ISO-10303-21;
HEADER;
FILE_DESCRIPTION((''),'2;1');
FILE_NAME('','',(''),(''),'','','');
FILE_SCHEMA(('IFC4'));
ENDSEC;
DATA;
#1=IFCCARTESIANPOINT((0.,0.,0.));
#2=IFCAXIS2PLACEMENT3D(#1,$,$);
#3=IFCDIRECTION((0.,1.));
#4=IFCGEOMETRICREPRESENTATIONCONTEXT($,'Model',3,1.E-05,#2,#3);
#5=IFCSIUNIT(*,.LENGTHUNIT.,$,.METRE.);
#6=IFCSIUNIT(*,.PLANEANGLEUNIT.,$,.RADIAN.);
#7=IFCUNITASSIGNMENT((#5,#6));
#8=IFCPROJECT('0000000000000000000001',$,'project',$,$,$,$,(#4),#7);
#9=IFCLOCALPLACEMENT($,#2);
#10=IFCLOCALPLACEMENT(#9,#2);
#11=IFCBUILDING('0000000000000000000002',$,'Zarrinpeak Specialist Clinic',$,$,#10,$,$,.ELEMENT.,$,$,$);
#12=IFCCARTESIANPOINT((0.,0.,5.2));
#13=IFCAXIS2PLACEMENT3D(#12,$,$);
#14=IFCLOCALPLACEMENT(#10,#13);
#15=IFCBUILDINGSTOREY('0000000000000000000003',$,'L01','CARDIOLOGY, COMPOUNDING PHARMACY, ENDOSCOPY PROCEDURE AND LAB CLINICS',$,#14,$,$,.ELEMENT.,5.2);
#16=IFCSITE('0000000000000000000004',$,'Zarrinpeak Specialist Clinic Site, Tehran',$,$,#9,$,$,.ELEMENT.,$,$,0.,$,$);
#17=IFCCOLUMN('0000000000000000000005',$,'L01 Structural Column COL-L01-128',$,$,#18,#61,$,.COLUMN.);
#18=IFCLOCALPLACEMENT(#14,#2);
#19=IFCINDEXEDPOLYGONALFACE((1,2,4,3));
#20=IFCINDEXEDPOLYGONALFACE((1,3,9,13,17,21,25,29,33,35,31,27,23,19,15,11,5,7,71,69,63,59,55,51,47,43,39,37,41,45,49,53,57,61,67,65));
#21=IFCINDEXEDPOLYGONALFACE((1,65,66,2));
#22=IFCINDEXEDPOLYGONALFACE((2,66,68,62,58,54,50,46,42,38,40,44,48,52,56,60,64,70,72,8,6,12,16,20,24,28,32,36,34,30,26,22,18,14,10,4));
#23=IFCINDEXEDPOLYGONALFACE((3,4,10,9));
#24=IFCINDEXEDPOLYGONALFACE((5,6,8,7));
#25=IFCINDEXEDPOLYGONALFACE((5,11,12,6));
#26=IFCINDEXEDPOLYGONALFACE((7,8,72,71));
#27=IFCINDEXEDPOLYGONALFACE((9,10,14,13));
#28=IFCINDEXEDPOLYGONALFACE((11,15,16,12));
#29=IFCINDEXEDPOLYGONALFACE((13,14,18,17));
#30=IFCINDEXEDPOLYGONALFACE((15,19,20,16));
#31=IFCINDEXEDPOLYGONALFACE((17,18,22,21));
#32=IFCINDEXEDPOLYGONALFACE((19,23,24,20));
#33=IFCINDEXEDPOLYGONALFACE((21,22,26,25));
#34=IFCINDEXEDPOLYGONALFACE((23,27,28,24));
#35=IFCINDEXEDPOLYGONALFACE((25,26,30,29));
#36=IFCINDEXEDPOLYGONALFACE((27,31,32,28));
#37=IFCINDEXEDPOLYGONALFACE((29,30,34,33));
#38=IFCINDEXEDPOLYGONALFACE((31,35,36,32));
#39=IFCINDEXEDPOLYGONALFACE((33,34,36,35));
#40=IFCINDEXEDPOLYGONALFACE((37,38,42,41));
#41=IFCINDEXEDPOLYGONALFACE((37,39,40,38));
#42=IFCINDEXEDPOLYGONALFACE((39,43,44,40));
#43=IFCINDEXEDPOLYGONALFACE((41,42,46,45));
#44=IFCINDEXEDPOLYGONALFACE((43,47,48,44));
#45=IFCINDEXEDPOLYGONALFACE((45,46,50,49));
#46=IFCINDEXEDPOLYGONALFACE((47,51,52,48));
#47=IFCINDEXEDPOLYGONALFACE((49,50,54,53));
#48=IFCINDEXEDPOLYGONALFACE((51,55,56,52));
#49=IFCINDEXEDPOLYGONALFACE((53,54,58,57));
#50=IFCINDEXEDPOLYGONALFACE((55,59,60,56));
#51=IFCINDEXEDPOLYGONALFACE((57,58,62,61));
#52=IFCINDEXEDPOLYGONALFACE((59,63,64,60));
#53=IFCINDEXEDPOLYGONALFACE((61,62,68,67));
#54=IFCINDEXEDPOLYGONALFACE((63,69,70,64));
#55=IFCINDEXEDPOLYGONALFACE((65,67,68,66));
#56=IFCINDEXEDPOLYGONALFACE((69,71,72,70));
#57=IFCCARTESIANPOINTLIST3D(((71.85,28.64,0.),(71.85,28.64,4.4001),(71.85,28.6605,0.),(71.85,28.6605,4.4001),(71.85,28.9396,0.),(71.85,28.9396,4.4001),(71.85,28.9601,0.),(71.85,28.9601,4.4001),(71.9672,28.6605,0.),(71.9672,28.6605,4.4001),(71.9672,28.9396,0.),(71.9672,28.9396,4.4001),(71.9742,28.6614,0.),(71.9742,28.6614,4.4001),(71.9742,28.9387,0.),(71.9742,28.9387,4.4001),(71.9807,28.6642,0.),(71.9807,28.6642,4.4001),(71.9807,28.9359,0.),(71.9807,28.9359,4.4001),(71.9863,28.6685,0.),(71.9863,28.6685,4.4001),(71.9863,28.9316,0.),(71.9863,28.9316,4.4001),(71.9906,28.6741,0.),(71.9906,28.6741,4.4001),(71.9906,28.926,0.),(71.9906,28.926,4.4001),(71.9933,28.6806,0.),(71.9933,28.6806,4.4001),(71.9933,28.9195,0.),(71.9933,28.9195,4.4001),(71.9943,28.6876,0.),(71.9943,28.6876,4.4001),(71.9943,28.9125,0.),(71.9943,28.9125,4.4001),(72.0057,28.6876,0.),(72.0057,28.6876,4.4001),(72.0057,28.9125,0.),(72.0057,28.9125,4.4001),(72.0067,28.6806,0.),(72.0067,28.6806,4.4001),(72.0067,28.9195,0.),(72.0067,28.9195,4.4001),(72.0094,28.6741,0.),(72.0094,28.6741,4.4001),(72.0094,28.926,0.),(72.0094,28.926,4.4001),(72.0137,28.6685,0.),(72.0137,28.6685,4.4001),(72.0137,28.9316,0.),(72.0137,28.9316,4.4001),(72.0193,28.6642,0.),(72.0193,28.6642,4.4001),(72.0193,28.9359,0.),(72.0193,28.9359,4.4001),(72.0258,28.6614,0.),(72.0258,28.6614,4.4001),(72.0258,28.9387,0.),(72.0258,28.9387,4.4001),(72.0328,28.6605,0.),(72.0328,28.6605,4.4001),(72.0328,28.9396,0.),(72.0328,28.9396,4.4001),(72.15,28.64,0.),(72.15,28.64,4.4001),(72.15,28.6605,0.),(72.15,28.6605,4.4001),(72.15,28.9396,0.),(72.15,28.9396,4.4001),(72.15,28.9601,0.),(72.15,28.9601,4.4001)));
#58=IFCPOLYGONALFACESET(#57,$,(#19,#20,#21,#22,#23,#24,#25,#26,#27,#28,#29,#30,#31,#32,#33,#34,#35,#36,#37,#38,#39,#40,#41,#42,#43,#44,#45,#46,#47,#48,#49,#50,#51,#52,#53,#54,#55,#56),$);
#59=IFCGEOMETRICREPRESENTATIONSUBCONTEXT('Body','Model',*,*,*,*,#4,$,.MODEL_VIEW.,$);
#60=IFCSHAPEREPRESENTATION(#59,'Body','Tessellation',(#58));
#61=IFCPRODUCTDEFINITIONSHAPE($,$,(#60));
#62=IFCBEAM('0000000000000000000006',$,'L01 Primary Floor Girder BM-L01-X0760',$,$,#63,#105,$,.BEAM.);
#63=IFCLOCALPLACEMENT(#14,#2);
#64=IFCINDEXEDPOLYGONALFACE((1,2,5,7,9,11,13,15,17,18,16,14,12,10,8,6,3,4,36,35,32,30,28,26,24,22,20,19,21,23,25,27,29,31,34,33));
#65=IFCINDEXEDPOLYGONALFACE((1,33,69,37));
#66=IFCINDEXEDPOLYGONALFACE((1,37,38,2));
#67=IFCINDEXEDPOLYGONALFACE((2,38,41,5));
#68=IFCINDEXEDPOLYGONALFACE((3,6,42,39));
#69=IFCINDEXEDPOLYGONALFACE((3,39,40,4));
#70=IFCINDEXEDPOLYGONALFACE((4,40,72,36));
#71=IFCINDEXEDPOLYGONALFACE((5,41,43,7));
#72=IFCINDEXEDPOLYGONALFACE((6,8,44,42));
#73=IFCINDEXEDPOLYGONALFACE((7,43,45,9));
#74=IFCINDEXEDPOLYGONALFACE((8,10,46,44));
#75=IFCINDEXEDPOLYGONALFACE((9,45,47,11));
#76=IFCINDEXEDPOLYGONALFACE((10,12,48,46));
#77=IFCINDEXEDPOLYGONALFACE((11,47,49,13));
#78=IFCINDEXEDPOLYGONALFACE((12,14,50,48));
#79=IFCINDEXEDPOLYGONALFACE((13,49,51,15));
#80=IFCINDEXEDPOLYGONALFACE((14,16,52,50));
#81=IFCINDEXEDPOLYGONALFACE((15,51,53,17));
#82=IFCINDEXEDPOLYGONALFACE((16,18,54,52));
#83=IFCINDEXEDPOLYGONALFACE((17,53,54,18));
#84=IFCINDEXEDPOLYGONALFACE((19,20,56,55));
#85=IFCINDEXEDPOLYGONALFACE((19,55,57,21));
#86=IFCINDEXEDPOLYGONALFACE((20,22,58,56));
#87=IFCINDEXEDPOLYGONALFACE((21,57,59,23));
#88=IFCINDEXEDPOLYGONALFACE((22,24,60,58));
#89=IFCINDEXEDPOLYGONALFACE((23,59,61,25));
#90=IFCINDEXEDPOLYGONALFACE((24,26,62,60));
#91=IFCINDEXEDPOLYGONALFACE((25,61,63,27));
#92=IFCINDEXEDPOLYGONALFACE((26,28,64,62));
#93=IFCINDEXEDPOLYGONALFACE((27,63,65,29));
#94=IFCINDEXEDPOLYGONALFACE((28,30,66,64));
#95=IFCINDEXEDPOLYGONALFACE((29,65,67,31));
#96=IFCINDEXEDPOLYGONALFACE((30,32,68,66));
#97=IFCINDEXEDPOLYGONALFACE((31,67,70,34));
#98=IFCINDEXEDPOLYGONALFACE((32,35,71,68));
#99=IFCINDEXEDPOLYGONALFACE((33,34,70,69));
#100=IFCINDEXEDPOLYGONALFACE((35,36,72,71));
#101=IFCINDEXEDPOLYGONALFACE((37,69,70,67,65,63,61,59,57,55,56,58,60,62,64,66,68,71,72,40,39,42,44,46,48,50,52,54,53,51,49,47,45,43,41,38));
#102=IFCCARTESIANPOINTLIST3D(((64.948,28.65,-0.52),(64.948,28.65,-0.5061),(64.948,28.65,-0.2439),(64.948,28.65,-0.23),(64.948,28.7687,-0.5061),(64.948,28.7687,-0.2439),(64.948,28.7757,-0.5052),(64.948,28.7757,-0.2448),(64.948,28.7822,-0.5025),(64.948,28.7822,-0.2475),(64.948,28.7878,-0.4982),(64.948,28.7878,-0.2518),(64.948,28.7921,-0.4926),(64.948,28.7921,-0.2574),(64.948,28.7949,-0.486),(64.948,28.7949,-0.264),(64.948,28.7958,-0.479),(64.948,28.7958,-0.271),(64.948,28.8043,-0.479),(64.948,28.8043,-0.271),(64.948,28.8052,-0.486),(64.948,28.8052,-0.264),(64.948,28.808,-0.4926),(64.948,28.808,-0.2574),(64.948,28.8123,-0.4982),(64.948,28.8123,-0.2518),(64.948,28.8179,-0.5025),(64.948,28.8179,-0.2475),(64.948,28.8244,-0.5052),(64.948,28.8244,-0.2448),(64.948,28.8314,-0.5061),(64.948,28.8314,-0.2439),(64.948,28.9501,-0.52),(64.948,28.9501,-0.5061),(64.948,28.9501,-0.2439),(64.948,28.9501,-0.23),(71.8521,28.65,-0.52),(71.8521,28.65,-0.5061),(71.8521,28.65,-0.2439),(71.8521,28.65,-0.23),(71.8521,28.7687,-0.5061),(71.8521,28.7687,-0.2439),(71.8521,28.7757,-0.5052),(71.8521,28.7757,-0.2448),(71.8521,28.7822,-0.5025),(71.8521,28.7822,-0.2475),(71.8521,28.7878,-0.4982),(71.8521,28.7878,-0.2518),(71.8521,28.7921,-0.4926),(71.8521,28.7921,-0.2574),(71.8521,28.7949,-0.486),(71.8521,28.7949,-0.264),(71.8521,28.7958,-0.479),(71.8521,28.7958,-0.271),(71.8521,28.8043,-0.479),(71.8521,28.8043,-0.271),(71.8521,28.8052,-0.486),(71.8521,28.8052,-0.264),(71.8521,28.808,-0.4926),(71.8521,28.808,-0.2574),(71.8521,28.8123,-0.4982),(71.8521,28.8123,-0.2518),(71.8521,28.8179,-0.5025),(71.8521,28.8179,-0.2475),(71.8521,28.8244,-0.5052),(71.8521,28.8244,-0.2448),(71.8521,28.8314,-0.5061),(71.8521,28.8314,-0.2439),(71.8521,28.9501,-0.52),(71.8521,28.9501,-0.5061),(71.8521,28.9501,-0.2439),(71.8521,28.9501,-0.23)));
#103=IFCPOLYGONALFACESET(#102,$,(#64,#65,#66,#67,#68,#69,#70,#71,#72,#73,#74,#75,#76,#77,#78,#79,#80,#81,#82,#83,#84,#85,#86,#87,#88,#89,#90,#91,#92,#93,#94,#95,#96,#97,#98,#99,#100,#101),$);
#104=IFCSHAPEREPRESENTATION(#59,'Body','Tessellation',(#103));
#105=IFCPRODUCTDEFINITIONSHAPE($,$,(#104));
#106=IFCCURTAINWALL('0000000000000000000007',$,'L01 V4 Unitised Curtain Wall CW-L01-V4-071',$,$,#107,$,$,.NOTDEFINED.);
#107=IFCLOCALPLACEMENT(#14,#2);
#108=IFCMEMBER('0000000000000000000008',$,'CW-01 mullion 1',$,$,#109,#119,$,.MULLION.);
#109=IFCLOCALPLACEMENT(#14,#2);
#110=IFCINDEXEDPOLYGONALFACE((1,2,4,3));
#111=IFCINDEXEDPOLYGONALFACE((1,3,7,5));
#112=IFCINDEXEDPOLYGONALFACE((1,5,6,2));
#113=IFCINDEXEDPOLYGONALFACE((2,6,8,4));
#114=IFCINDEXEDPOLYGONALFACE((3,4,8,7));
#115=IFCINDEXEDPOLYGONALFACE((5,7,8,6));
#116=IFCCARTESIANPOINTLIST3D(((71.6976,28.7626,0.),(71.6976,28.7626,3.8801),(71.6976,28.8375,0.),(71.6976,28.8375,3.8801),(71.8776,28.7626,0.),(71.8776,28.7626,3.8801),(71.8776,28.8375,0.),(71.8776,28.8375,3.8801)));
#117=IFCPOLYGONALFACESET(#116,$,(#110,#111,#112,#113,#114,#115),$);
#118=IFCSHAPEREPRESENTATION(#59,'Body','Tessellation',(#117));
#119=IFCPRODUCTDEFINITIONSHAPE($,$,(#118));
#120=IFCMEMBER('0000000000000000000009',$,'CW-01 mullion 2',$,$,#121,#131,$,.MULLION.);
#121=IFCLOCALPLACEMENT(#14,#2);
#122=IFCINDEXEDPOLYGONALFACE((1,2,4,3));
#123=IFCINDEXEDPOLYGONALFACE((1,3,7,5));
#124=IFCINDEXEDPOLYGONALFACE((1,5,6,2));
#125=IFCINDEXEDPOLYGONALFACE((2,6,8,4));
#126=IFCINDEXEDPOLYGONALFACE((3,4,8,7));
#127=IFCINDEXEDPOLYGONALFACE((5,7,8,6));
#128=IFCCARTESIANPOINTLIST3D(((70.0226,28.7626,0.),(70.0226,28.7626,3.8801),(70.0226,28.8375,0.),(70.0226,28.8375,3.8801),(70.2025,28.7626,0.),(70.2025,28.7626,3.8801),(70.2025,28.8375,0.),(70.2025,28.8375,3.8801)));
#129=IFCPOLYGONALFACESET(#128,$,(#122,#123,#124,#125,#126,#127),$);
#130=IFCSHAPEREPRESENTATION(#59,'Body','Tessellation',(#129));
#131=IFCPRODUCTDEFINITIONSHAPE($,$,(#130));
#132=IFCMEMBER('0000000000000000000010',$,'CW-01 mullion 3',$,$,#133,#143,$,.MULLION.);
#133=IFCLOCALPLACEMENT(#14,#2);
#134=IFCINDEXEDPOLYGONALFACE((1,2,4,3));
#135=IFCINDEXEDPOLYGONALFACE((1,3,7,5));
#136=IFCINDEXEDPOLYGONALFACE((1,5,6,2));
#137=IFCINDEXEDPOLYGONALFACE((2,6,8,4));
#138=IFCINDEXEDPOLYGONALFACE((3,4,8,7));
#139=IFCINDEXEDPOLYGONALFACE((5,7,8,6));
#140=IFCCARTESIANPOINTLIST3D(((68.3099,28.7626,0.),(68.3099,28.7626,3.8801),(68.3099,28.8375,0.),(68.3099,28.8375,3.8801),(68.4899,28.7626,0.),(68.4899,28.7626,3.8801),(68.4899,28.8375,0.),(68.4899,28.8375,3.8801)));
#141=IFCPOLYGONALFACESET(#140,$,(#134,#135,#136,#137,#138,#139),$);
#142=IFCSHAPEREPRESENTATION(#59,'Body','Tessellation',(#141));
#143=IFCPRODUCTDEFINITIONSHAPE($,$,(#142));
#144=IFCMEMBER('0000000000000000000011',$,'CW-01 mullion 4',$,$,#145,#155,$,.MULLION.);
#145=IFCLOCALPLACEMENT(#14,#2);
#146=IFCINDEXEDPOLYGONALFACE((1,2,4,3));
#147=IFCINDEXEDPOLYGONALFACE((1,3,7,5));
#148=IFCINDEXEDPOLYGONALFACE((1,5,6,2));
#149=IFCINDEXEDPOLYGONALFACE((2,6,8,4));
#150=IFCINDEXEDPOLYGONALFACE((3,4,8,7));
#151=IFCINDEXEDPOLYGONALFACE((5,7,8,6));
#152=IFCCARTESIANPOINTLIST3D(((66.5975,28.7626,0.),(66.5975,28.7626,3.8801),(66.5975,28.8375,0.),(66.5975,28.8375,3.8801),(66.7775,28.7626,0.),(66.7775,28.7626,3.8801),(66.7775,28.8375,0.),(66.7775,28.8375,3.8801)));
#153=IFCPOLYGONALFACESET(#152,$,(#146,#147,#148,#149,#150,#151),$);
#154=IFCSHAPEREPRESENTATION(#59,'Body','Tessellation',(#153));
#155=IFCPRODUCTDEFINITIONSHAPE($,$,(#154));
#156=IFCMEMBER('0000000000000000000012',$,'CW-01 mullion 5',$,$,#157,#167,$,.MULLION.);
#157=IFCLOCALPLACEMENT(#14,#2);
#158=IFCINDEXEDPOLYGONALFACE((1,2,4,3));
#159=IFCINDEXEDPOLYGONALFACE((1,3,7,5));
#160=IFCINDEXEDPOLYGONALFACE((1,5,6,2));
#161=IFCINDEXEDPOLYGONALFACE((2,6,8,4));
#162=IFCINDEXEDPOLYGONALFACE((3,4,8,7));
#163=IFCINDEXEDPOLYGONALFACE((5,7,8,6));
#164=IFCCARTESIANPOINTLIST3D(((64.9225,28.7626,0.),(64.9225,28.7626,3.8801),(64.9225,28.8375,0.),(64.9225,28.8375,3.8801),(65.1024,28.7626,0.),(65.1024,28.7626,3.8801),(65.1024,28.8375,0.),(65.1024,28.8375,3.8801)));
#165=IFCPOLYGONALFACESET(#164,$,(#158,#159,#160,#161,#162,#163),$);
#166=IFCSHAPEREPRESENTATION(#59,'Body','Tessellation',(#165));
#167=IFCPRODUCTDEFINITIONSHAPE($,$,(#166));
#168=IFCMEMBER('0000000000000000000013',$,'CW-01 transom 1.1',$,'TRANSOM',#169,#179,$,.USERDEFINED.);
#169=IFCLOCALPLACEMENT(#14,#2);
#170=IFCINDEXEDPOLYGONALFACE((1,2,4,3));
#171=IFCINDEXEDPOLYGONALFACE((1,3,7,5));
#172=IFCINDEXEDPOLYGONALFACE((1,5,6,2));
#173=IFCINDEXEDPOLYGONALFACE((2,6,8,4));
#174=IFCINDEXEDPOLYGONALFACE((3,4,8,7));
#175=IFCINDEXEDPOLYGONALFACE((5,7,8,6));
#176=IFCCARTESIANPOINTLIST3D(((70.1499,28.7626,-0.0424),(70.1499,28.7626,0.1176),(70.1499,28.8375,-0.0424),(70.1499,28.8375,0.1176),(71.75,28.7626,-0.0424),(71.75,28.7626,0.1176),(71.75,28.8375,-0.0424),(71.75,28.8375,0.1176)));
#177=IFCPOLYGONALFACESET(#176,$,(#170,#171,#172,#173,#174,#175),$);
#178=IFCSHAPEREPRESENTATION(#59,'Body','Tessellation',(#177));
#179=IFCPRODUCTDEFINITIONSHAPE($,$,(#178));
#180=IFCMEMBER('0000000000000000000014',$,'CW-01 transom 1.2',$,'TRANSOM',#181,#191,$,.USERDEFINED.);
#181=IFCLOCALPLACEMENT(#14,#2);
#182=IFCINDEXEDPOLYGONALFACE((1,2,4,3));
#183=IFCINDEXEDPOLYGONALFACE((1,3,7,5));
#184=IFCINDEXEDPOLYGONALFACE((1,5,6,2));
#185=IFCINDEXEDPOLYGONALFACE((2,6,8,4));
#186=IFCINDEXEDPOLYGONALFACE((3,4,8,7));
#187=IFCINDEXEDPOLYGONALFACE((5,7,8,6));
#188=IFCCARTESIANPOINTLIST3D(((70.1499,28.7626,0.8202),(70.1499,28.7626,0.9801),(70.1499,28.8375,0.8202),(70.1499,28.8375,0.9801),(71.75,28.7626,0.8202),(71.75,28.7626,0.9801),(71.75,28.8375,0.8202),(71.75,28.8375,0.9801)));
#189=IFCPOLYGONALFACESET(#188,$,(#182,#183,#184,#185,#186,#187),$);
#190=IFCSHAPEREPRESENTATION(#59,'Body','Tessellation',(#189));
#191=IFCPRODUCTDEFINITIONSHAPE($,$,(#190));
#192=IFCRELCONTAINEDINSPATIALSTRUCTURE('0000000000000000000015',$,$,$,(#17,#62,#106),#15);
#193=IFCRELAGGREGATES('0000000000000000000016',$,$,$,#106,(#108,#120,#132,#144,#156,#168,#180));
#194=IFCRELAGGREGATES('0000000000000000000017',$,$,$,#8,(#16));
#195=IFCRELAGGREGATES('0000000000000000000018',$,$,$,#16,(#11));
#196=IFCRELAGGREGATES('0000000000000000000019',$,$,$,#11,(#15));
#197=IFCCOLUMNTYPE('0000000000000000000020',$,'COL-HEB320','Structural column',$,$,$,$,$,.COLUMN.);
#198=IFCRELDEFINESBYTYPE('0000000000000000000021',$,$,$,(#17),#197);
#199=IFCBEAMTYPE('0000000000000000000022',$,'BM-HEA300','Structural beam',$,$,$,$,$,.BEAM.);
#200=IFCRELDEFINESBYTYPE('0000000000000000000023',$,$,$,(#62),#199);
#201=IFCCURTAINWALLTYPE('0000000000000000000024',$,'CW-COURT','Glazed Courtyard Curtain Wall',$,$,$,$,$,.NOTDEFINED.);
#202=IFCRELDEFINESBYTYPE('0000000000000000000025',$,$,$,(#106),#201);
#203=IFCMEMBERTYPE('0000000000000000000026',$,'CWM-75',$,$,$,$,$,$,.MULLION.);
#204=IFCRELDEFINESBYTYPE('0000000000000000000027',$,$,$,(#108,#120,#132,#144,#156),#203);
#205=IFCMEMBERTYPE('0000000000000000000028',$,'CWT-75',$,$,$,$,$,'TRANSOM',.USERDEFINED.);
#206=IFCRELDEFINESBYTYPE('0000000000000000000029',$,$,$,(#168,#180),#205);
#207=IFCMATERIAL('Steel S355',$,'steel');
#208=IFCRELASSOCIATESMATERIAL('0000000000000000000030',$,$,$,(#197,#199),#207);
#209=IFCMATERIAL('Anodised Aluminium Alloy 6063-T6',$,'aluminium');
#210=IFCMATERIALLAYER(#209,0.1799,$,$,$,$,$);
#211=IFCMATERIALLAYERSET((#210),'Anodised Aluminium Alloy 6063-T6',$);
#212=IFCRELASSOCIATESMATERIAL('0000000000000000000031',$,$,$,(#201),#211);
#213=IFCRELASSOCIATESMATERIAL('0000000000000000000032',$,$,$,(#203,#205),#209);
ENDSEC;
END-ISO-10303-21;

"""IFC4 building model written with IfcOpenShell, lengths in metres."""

from ifc_helpers import new_model, si_unit, direction, frame, origin, origin_2d, place, context, subcontext, project, spatial, rectangle, i_section, extrude, material, layer, layer_set, material_profile, profile_set, type_object, element, aggregate, save


model = new_model("IFC4")

# Units and contexts
model_context = context("Model", 3, precision=1e-05, world=origin(), true_north=direction((0.0, 1.0)))
body_context = subcontext(model_context, "Body", "Model", "MODEL_VIEW")
ifc_project = project(units=[si_unit("LENGTHUNIT", "METRE"), si_unit("PLANEANGLEUNIT", "RADIAN")], contexts=[model_context])

# Site, building, storey
site_placement = place(None, origin())
site = spatial("IfcSite", under=ifc_project, at=site_placement, Name="Zarrinpeak Specialist Clinic Site, Tehran", CompositionType="ELEMENT", RefElevation=0.0)
building_placement = place(site_placement, origin())
building = spatial("IfcBuilding", under=site, at=building_placement, Name="Zarrinpeak Specialist Clinic", CompositionType="ELEMENT")
storey_placement = place(building_placement, frame((0.0, 0.0, 5.2)))
storey = spatial("IfcBuildingStorey", under=building, at=storey_placement, Name="L01", Description="CARDIOLOGY, COMPOUNDING PHARMACY, ENDOSCOPY PROCEDURE AND LAB CLINICS", CompositionType="ELEMENT", Elevation=5.2)

# Column
ifc_material_1 = material(Name="Steel S355", Category="steel")
ifc_material_profile_1 = material_profile(ifc_material_1, i_section(OverallWidth=0.3, OverallDepth=0.3201, WebThickness=0.0115, FlangeThickness=0.0205, FilletRadius=0.0271, at=origin_2d()), Name="HEB 320")
ifc_profile_set_1 = profile_set([ifc_material_profile_1], Name="Steel S355")
column_type = type_object("IfcColumnType", Name="COL-HEB320", Description="Structural column", PredefinedType="COLUMN", material=ifc_profile_set_1)
column_placement = place(storey_placement, frame((72.0, 28.8, 0.0), z_axis=(0.0, 0.0, 1.0), x_axis=(1.0, 0.0, 0.0)))
element("IfcColumn", 1, at=column_placement, inside=storey, type_object=column_type, Name="L01 Structural Column COL-L01-128", PredefinedType="COLUMN", context=body_context, shape_type="SweptSolid", body=[
    extrude(i_section(OverallWidth=0.3, OverallDepth=0.3201, WebThickness=0.0115, FlangeThickness=0.0205, FilletRadius=0.0271, at=origin_2d()), origin(), (0.0, 0.0, 1.0), 4.4001),
])

# Beam
ifc_material_profile_2 = material_profile(ifc_material_1, i_section(OverallWidth=0.3, OverallDepth=0.29, WebThickness=0.0085, FlangeThickness=0.0139, FilletRadius=0.0271, at=origin_2d()), Name="HEA 300")
ifc_profile_set_2 = profile_set([ifc_material_profile_2], Name="Steel S355")
beam_type = type_object("IfcBeamType", Name="BM-HEA300", Description="Structural beam", PredefinedType="BEAM", material=ifc_profile_set_2)
beam_placement = place(storey_placement, frame((64.948, 28.8, -0.375), z_axis=(1.0, 0.0, 0.0), x_axis=(0.0, 1.0, 0.0)))
element("IfcBeam", 2, at=beam_placement, inside=storey, type_object=beam_type, Name="L01 Primary Floor Girder BM-L01-X0760", PredefinedType="BEAM", context=body_context, shape_type="SweptSolid", body=[
    extrude(i_section(OverallWidth=0.3, OverallDepth=0.29, WebThickness=0.0085, FlangeThickness=0.0139, FilletRadius=0.0271, at=origin_2d()), origin(), (0.0, 0.0, 1.0), 6.9041),
])

# Curtain wall, members
ifc_material_2 = material(Name="Anodised Aluminium Alloy 6063-T6", Category="aluminium")
ifc_layer_1 = layer(ifc_material_2, 0.1799)
ifc_layer_set_1 = layer_set([ifc_layer_1], Name="Anodised Aluminium Alloy 6063-T6")
curtain_wall_type = type_object("IfcCurtainWallType", Name="CW-COURT", Description="Glazed Courtyard Curtain Wall", PredefinedType="NOTDEFINED", material=ifc_layer_set_1)
curtain_wall_placement = place(storey_placement, origin())
curtain_wall = element("IfcCurtainWall", 3, at=curtain_wall_placement, inside=storey, type_object=curtain_wall_type, Name="L01 V4 Unitised Curtain Wall CW-L01-V4-071", PredefinedType="NOTDEFINED")
ifc_material_profile_3 = material_profile(ifc_material_2, rectangle(XDim=0.075, YDim=0.1799, at=origin_2d()), Name="ALU 75x180")
ifc_profile_set_3 = profile_set([ifc_material_profile_3], Name="Anodised Aluminium Alloy 6063-T6")
member_type_1 = type_object("IfcMemberType", Name="CWM-75", PredefinedType="MULLION", material=ifc_profile_set_3)
member_1_placement = place(storey_placement, frame((71.7876, 28.8, 0.0), z_axis=(0.0, 0.0, 1.0), x_axis=(0.0, -1.0, 0.0)))
member_1 = element("IfcMember", 4, at=member_1_placement, type_object=member_type_1, Name="CW-01 mullion 1", PredefinedType="MULLION", context=body_context, shape_type="SweptSolid", body=[
    extrude(rectangle(XDim=0.075, YDim=0.1799, at=origin_2d()), origin(), (0.0, 0.0, 1.0), 3.8801),
])
member_2_placement = place(storey_placement, frame((70.1125, 28.8, 0.0), z_axis=(0.0, 0.0, 1.0), x_axis=(0.0, -1.0, 0.0)))
member_2 = element("IfcMember", 5, at=member_2_placement, type_object=member_type_1, Name="CW-01 mullion 2", PredefinedType="MULLION", context=body_context, shape_type="SweptSolid", body=[
    extrude(rectangle(XDim=0.075, YDim=0.1799, at=origin_2d()), origin(), (0.0, 0.0, 1.0), 3.8801),
])
member_3_placement = place(storey_placement, frame((68.3999, 28.8, 0.0), z_axis=(0.0, 0.0, 1.0), x_axis=(0.0, -1.0, 0.0)))
member_3 = element("IfcMember", 6, at=member_3_placement, type_object=member_type_1, Name="CW-01 mullion 3", PredefinedType="MULLION", context=body_context, shape_type="SweptSolid", body=[
    extrude(rectangle(XDim=0.075, YDim=0.1799, at=origin_2d()), origin(), (0.0, 0.0, 1.0), 3.8801),
])
member_4_placement = place(storey_placement, frame((66.6875, 28.8, 0.0), z_axis=(0.0, 0.0, 1.0), x_axis=(0.0, -1.0, 0.0)))
member_4 = element("IfcMember", 7, at=member_4_placement, type_object=member_type_1, Name="CW-01 mullion 4", PredefinedType="MULLION", context=body_context, shape_type="SweptSolid", body=[
    extrude(rectangle(XDim=0.075, YDim=0.1799, at=origin_2d()), origin(), (0.0, 0.0, 1.0), 3.8801),
])
member_5_placement = place(storey_placement, frame((65.0125, 28.8, 0.0), z_axis=(0.0, 0.0, 1.0), x_axis=(0.0, -1.0, 0.0)))
member_5 = element("IfcMember", 8, at=member_5_placement, type_object=member_type_1, Name="CW-01 mullion 5", PredefinedType="MULLION", context=body_context, shape_type="SweptSolid", body=[
    extrude(rectangle(XDim=0.075, YDim=0.1799, at=origin_2d()), origin(), (0.0, 0.0, 1.0), 3.8801),
])
ifc_material_profile_4 = material_profile(ifc_material_2, rectangle(XDim=0.075, YDim=0.1599, at=origin_2d()), Name="ALU 75x160")
ifc_profile_set_4 = profile_set([ifc_material_profile_4], Name="Anodised Aluminium Alloy 6063-T6")
member_type_2 = type_object("IfcMemberType", Name="CWT-75", ElementType="TRANSOM", PredefinedType="USERDEFINED", material=ifc_profile_set_4)
member_6_placement = place(storey_placement, frame((71.75, 28.8, 0.0376), z_axis=(-1.0, 0.0, 0.0), x_axis=(0.0, -1.0, 0.0)))
member_6 = element("IfcMember", 9, at=member_6_placement, type_object=member_type_2, Name="CW-01 transom 1.1", ObjectType="TRANSOM", PredefinedType="USERDEFINED", context=body_context, shape_type="SweptSolid", body=[
    extrude(rectangle(XDim=0.075, YDim=0.1599, at=origin_2d()), origin(), (0.0, 0.0, 1.0), 1.6001),
])
member_7_placement = place(storey_placement, frame((71.75, 28.8, 0.9001), z_axis=(-1.0, 0.0, 0.0), x_axis=(0.0, -1.0, 0.0)))
member_7 = element("IfcMember", 10, at=member_7_placement, type_object=member_type_2, Name="CW-01 transom 1.2", ObjectType="TRANSOM", PredefinedType="USERDEFINED", context=body_context, shape_type="SweptSolid", body=[
    extrude(rectangle(XDim=0.075, YDim=0.1599, at=origin_2d()), origin(), (0.0, 0.0, 1.0), 1.6001),
])
aggregate(curtain_wall, [member_1, member_2, member_3, member_4, member_5, member_6, member_7])

save(model, "model.ifc")
